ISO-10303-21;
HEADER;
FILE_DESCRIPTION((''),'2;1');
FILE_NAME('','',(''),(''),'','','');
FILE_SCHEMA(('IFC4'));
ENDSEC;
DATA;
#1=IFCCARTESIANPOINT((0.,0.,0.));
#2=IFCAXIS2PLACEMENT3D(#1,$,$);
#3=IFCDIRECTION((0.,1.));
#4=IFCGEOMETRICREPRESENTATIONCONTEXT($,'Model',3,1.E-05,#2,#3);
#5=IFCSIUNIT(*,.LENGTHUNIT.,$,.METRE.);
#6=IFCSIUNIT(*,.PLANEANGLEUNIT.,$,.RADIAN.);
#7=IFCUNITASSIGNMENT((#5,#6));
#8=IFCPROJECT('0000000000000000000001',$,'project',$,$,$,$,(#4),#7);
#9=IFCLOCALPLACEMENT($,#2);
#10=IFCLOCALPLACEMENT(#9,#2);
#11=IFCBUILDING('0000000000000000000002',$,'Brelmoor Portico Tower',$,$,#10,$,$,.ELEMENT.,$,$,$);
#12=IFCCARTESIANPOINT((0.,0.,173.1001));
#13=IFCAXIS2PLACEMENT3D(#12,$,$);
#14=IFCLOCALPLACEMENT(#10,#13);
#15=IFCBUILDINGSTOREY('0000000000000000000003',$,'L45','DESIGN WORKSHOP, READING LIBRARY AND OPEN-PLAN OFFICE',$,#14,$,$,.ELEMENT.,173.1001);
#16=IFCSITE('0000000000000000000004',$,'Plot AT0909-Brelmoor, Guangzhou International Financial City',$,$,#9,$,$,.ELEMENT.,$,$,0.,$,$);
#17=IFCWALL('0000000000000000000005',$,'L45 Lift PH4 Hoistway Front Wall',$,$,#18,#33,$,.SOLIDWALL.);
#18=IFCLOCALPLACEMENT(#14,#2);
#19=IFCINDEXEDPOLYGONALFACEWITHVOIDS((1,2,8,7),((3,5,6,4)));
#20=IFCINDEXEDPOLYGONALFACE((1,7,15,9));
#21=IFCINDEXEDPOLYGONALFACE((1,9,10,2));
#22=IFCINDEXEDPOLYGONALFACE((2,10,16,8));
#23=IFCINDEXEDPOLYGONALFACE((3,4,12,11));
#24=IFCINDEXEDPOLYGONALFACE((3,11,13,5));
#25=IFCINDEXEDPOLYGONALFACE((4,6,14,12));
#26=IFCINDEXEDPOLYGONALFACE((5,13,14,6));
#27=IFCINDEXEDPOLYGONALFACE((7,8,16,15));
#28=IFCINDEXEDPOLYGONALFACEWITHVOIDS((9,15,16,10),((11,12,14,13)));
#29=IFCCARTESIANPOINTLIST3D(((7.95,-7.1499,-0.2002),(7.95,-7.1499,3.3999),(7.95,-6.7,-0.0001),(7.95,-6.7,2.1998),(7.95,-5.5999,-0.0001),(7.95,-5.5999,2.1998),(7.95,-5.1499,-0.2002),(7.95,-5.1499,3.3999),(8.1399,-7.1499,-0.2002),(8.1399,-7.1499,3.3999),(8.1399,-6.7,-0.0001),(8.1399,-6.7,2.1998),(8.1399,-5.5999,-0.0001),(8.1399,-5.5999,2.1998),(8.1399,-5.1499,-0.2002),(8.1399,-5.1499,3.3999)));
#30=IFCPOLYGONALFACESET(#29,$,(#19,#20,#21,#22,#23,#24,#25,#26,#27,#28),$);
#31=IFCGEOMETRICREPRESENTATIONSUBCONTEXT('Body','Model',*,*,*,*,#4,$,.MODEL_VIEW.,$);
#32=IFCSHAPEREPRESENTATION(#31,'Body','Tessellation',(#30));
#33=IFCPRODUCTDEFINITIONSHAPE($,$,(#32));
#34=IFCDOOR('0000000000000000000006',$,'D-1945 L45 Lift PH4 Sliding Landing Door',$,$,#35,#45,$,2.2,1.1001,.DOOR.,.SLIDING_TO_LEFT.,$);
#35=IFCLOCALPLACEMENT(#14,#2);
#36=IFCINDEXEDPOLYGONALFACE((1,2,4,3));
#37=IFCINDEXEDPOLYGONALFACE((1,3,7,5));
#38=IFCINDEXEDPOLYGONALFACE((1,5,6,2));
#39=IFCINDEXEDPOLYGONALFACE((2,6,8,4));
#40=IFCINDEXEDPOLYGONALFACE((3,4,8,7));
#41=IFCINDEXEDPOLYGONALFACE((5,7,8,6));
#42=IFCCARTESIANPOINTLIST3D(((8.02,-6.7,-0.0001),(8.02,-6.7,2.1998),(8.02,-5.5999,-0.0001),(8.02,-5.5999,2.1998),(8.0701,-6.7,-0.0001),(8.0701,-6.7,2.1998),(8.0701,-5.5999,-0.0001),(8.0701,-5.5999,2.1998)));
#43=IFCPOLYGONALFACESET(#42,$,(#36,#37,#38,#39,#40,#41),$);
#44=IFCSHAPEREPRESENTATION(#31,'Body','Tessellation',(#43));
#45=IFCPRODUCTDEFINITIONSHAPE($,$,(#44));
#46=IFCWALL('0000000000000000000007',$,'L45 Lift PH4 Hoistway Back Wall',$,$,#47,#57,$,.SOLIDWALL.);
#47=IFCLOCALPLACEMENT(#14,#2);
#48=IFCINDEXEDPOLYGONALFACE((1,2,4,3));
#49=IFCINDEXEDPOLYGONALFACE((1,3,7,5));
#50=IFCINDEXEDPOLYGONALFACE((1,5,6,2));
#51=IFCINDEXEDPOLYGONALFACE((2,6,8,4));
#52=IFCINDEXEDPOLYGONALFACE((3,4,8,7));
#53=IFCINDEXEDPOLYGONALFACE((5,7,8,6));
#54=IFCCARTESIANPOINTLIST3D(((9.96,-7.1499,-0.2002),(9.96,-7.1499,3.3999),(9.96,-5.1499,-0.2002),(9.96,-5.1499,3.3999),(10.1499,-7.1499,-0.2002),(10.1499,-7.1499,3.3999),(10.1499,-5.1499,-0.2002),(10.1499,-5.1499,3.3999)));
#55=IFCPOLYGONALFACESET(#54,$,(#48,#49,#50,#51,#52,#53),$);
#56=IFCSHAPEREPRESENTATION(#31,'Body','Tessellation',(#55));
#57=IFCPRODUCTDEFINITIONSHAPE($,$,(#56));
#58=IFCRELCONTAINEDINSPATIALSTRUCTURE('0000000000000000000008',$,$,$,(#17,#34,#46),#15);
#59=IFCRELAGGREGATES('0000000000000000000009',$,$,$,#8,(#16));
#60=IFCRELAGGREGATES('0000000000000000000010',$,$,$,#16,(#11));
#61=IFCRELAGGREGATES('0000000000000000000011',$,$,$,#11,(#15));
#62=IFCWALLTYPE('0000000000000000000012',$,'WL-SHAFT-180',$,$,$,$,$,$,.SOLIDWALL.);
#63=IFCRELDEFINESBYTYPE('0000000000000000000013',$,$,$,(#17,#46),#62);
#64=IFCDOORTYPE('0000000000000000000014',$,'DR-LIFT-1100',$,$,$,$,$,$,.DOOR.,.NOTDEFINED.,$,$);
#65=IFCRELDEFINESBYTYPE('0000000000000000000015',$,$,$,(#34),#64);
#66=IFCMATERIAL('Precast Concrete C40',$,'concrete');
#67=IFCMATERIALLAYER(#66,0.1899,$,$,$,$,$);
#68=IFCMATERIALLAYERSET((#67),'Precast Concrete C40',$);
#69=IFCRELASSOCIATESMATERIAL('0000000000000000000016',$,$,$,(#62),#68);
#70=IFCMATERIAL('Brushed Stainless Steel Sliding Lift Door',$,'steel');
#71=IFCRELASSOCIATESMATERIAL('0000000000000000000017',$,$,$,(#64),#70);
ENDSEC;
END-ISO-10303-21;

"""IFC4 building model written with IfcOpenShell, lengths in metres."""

from ifc_helpers import new_model, si_unit, direction, frame, frame_2d, origin, place, context, subcontext, project, spatial, rectangle, extrude, material, layer, layer_set, type_object, element, fill, save


model = new_model("IFC4")

# Units and contexts
model_context = context("Model", 3, precision=1e-05, world=origin(), true_north=direction((0.0, 1.0)))
body_context = subcontext(model_context, "Body", "Model", "MODEL_VIEW")
ifc_project = project(units=[si_unit("LENGTHUNIT", "METRE"), si_unit("PLANEANGLEUNIT", "RADIAN")], contexts=[model_context])

# Site, building, storey
site_placement = place(None, origin())
site = spatial("IfcSite", under=ifc_project, at=site_placement, Name="Plot AT0909-Brelmoor, Guangzhou International Financial City", CompositionType="ELEMENT", RefElevation=0.0)
building_placement = place(site_placement, origin())
building = spatial("IfcBuilding", under=site, at=building_placement, Name="Brelmoor Portico Tower", CompositionType="ELEMENT")
storey_placement = place(building_placement, frame((0.0, 0.0, 173.1001)))
storey = spatial("IfcBuildingStorey", under=building, at=storey_placement, Name="L45", Description="DESIGN WORKSHOP, READING LIBRARY AND OPEN-PLAN OFFICE", CompositionType="ELEMENT", Elevation=173.1001)

# Shared definitions
ifc_material_1 = material(Name="Precast Concrete C40", Category="concrete")
ifc_layer_1 = layer(ifc_material_1, 0.1899)
ifc_layer_set_1 = layer_set([ifc_layer_1], Name="Precast Concrete C40")
wall_type_1 = type_object("IfcWallType", Name="WL-SHAFT-180", PredefinedType="SOLIDWALL", material=ifc_layer_set_1)
ifc_material_2 = material(Name="Brushed Stainless Steel Sliding Lift Door", Category="steel")
door_type_1 = type_object("IfcDoorType", Name="DR-LIFT-1100", OperationType="NOTDEFINED", PredefinedType="DOOR", material=ifc_material_2)

# Wall, opening, door
wall_1_placement = place(storey_placement, frame((8.0449, -7.1499, -0.2002), z_axis=(0.0, 0.0, 1.0), x_axis=(0.0, 1.0, 0.0)))
wall_1 = element("IfcWall", 1, at=wall_1_placement, inside=storey, type_object=wall_type_1, Name="L45 Lift PH4 Hoistway Front Wall", PredefinedType="SOLIDWALL", context=body_context, shape_type="SweptSolid", body=[
    extrude(rectangle(XDim=2.0, YDim=0.1899, at=frame_2d((1.0, 0.0))), origin(), (0.0, 0.0, 1.0), 3.6001),
])
opening_1_placement = place(wall_1_placement, frame((0.45, 0.0, 0.2)))
opening_1 = element("IfcOpeningElement", 2, at=opening_1_placement, cuts=wall_1, PredefinedType="OPENING", context=body_context, shape_type="SweptSolid", body=[
    extrude(rectangle(XDim=1.1001, YDim=2.2, at=frame_2d((0.55, 1.1001))), frame((0.0, 0.105, 0.0), z_axis=(0.0, -1.0, 0.0), x_axis=(1.0, 0.0, 0.0)), (0.0, 0.0, 1.0), 0.21),
])
door_1_placement = place(opening_1_placement, origin())
door_1 = element("IfcDoor", 3, at=door_1_placement, inside=storey, type_object=door_type_1, Name="D-1945 L45 Lift PH4 Sliding Landing Door", OperationType="SLIDING_TO_LEFT", OverallHeight=2.2, OverallWidth=1.1001, PredefinedType="DOOR", context=body_context, shape_type="SweptSolid", body=[
    extrude(rectangle(XDim=1.1001, YDim=2.2, at=frame_2d((0.55, 1.1001))), frame((0.0, 0.0249, 0.0), z_axis=(0.0, -1.0, 0.0), x_axis=(1.0, 0.0, 0.0)), (0.0, 0.0, 1.0), 0.05),
])
fill(opening_1, door_1)

# Wall
wall_2_placement = place(storey_placement, frame((10.0549, -7.1499, -0.2002), z_axis=(0.0, 0.0, 1.0), x_axis=(0.0, 1.0, 0.0)))
element("IfcWall", 4, at=wall_2_placement, inside=storey, type_object=wall_type_1, Name="L45 Lift PH4 Hoistway Back Wall", PredefinedType="SOLIDWALL", context=body_context, shape_type="SweptSolid", body=[
    extrude(rectangle(XDim=2.0, YDim=0.1899, at=frame_2d((1.0, 0.0))), origin(), (0.0, 0.0, 1.0), 3.6001),
])

save(model, "model.ifc")
